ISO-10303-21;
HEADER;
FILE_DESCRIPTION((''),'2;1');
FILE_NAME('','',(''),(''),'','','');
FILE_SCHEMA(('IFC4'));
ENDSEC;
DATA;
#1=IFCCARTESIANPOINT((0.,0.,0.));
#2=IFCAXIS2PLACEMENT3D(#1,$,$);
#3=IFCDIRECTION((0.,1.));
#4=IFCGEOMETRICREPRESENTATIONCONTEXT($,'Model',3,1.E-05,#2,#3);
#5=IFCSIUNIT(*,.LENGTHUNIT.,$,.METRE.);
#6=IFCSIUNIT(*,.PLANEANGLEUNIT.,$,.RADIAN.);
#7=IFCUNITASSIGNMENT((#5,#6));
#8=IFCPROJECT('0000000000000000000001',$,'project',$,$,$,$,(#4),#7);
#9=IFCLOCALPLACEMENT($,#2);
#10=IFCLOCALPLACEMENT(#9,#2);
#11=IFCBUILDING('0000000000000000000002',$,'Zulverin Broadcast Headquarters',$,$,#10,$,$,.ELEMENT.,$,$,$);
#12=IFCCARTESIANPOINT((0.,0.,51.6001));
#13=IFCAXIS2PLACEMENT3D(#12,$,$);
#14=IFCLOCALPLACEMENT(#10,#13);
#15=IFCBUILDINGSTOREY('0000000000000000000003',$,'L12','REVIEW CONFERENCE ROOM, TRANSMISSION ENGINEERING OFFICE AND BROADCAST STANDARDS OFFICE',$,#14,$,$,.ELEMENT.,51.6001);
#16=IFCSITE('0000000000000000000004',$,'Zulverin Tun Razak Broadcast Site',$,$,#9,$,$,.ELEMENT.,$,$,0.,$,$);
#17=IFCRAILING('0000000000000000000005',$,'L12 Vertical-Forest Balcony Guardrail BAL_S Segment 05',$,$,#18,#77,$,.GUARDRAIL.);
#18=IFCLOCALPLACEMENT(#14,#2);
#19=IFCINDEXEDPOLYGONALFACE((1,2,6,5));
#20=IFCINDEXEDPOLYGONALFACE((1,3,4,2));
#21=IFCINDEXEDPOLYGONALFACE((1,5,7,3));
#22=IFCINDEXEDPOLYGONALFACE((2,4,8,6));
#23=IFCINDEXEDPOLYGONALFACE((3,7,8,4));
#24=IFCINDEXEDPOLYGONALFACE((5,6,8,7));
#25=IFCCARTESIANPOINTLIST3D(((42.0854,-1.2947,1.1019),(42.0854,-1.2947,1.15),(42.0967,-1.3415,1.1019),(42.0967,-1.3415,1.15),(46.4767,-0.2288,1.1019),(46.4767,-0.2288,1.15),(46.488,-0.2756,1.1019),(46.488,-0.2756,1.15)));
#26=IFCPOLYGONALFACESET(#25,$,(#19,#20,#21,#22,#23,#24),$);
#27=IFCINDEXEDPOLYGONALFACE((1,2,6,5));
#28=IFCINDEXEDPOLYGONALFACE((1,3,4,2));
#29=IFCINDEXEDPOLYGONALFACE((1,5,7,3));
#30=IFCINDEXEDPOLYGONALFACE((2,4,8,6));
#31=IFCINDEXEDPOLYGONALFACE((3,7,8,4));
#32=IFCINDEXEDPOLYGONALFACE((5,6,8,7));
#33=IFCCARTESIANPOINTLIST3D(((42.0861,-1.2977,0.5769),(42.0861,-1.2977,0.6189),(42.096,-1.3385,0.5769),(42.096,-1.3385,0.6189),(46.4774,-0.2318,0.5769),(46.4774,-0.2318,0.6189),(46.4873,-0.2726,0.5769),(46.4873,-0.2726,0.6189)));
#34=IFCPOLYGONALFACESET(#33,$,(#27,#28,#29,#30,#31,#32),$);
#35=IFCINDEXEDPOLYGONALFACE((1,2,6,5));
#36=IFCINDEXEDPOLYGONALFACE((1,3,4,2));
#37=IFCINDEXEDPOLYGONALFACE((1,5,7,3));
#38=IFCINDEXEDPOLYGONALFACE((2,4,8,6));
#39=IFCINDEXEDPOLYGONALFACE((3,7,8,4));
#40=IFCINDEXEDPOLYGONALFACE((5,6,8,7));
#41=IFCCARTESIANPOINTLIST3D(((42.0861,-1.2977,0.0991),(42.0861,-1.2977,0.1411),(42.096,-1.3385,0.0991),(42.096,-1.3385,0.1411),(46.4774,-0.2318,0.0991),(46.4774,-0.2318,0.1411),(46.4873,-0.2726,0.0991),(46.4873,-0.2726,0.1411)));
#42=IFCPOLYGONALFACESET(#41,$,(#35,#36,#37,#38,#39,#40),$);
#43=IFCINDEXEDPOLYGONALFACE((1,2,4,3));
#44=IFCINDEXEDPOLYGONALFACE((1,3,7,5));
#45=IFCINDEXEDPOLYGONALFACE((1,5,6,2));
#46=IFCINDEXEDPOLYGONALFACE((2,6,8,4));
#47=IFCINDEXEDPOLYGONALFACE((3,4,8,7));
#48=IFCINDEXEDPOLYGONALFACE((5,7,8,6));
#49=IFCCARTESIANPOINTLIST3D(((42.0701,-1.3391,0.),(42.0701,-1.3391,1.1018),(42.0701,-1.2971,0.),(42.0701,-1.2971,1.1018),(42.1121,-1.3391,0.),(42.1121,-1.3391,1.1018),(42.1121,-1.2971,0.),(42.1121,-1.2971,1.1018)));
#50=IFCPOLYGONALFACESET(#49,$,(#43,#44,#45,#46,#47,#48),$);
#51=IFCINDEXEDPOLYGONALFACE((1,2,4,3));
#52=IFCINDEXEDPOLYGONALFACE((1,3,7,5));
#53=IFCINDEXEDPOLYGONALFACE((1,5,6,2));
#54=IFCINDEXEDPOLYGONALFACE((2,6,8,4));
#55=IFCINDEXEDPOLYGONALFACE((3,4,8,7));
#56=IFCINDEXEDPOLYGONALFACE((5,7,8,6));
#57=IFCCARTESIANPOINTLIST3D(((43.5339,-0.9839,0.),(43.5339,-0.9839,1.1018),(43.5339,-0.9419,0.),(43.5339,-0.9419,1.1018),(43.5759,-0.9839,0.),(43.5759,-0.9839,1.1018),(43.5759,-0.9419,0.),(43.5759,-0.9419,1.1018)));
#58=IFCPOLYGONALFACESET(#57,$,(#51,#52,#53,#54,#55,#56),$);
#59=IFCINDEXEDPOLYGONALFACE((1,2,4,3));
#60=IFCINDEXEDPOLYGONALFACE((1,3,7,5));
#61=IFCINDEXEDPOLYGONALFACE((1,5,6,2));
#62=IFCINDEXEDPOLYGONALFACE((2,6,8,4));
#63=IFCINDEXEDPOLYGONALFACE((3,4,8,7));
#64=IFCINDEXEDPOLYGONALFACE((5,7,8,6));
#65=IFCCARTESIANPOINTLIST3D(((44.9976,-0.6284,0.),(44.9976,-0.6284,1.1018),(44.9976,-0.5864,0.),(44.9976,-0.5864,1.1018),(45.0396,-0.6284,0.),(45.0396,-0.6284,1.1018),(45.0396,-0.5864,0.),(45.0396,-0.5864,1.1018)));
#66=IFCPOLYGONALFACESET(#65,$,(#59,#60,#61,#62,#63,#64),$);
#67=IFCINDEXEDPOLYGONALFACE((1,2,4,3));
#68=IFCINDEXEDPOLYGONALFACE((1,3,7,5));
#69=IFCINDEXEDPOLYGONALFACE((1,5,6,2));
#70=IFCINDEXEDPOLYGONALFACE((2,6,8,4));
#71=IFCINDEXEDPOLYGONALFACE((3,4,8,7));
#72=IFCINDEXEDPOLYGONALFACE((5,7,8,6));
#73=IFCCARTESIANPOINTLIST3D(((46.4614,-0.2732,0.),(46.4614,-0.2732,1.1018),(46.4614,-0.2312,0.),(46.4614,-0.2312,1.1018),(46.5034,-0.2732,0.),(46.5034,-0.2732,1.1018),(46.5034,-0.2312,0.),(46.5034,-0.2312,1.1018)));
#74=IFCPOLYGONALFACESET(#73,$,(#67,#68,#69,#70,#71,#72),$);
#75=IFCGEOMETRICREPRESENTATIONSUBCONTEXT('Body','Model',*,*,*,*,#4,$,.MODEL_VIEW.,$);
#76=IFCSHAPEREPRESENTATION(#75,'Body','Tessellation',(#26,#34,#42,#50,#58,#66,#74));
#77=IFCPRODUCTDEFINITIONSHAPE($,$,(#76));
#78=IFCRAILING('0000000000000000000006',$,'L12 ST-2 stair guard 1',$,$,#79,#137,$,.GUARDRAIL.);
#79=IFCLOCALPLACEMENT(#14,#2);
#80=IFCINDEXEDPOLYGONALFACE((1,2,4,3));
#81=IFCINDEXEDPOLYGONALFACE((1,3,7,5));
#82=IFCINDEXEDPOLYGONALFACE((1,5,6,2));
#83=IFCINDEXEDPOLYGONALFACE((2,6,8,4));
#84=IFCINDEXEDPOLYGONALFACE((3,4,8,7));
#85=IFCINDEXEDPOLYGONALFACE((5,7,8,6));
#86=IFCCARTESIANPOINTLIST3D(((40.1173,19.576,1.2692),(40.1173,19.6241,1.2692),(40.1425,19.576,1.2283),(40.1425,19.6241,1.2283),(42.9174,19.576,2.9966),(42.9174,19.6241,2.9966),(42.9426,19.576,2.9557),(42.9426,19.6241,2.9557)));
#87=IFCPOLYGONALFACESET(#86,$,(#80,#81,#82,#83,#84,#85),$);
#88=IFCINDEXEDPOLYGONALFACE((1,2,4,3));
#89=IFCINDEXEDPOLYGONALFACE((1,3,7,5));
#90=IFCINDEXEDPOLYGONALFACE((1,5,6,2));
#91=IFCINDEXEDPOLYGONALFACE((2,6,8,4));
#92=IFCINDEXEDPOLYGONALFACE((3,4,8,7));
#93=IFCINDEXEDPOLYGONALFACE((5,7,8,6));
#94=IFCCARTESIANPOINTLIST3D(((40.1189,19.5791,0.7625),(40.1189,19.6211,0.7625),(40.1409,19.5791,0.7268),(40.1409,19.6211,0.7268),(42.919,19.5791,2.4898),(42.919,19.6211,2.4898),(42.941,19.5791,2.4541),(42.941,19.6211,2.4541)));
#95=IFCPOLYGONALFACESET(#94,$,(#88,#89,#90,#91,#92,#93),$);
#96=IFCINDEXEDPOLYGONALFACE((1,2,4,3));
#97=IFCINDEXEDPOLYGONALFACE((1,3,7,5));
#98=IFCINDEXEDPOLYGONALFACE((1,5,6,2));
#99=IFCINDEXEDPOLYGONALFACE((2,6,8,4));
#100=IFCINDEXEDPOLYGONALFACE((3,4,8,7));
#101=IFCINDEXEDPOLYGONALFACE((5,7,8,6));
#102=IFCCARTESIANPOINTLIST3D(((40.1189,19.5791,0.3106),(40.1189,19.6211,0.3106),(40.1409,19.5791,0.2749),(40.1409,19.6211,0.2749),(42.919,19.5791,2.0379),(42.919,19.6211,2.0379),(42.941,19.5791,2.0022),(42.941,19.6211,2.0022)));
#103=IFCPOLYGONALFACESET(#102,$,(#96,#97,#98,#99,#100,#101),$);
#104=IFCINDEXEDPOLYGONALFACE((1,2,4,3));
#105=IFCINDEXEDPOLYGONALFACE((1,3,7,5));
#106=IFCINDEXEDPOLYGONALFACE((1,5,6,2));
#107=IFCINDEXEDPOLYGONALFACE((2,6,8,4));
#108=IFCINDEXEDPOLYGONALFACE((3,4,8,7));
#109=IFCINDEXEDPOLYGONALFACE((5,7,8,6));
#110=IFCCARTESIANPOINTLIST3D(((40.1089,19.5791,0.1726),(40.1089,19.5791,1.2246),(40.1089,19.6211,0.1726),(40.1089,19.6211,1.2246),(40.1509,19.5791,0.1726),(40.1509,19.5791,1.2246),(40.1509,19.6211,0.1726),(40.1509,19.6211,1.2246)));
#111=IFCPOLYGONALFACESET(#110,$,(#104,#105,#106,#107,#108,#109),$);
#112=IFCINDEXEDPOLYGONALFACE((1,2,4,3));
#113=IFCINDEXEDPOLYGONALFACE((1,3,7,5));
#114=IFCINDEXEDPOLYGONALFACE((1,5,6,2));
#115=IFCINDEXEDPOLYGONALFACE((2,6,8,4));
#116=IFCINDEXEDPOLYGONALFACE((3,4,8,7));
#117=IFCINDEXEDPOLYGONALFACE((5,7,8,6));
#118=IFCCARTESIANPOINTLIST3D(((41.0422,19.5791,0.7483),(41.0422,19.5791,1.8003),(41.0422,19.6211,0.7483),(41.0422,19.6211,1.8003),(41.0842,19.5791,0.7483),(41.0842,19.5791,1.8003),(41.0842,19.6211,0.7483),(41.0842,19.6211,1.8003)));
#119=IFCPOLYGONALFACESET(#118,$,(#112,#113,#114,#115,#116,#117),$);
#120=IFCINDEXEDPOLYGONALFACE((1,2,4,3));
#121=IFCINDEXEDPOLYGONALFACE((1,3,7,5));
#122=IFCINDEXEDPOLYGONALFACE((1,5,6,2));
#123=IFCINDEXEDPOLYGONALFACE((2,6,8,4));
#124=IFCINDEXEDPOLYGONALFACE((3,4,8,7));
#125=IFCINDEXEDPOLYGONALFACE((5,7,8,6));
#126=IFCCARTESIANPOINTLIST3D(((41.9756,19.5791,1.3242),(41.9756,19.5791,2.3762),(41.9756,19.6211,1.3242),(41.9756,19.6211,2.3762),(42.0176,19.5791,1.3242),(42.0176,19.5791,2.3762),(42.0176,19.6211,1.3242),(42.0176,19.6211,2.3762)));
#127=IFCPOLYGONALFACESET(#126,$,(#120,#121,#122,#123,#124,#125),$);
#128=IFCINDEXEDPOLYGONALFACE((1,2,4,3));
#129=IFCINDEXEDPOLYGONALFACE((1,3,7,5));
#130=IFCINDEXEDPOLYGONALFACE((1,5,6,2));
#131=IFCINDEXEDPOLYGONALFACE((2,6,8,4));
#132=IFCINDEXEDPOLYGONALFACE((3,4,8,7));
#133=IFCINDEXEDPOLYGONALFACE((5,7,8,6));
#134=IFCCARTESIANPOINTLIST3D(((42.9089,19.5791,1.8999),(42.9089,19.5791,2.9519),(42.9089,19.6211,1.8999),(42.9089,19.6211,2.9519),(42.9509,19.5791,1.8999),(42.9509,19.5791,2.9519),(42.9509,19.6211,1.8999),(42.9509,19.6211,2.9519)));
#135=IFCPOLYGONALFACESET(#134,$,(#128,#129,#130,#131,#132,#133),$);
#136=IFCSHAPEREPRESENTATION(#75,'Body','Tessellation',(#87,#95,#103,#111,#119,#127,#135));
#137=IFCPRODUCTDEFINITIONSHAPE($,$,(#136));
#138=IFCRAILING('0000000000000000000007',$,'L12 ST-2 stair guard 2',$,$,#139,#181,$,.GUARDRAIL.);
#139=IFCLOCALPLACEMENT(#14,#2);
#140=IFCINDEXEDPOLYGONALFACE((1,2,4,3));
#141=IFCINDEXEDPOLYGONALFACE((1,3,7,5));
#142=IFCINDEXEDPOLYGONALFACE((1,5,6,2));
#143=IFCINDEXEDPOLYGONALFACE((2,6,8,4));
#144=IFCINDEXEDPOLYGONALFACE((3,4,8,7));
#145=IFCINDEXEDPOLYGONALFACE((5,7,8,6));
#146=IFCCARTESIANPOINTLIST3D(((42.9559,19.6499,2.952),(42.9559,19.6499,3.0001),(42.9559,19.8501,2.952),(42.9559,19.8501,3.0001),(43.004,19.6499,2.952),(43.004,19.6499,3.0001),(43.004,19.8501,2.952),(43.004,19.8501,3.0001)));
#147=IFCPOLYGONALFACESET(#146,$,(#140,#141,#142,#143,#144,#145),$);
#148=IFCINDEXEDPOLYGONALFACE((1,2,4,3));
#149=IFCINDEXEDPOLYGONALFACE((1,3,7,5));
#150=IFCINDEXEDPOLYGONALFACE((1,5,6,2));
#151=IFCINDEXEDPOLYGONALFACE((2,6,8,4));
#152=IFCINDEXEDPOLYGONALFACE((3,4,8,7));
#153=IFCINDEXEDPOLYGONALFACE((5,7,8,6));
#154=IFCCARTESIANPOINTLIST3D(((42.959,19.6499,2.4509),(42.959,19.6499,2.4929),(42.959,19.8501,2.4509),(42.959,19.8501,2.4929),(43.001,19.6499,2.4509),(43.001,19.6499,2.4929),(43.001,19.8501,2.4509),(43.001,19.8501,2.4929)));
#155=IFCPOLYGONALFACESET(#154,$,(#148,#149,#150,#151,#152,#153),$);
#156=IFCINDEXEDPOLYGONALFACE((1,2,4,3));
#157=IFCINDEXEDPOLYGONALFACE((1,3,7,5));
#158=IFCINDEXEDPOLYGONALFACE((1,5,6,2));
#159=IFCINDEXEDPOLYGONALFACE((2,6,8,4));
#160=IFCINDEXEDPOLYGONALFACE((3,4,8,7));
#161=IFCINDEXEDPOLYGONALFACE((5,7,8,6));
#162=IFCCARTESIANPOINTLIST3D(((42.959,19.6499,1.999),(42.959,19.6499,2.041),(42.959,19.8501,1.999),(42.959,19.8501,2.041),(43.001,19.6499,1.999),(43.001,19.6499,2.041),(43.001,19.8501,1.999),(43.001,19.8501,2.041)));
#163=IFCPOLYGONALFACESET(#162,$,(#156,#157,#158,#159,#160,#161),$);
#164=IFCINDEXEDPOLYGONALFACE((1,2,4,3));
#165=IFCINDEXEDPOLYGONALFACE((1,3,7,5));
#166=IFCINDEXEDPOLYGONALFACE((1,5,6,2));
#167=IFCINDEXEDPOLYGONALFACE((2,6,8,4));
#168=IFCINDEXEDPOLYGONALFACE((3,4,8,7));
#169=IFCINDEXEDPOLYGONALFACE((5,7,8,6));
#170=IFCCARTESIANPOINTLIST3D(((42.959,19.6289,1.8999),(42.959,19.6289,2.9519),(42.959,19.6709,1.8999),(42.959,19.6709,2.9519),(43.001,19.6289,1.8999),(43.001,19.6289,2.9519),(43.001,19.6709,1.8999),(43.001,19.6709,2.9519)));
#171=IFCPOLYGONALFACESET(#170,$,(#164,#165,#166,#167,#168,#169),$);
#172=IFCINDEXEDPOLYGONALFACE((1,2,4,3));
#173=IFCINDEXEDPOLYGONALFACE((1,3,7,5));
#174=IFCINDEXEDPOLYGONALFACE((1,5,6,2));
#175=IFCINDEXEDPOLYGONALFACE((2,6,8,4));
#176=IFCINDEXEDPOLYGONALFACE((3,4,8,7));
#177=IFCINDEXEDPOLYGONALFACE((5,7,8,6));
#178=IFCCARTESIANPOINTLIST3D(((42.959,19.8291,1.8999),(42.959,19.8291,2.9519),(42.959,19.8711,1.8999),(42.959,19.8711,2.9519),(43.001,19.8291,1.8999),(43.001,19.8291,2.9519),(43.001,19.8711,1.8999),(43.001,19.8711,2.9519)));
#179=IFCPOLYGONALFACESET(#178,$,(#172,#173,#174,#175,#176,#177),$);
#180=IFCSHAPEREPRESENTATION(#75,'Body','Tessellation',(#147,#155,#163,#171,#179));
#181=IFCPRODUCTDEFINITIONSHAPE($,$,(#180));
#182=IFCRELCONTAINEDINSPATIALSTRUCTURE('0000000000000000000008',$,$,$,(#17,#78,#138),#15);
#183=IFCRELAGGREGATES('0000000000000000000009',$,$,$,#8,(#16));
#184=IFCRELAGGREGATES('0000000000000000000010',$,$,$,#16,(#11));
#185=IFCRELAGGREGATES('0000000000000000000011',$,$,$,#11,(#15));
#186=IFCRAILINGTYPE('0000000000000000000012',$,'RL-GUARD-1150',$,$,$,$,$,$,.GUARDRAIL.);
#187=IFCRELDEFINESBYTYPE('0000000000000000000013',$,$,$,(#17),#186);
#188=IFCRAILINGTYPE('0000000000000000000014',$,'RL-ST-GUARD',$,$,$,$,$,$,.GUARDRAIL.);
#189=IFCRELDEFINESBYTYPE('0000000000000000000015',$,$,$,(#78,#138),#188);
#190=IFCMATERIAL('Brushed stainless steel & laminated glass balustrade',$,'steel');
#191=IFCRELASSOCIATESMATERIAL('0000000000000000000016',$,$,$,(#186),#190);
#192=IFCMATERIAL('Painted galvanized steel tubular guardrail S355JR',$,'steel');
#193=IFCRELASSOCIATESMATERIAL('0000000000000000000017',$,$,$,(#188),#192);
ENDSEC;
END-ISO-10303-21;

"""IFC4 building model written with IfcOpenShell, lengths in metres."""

from ifc_helpers import new_model, si_unit, direction, frame, origin, origin_2d, place, context, subcontext, project, spatial, rectangle, extrude, material, type_object, element, save


model = new_model("IFC4")

# Units and contexts
model_context = context("Model", 3, precision=1e-05, world=origin(), true_north=direction((0.0, 1.0)))
body_context = subcontext(model_context, "Body", "Model", "MODEL_VIEW")
ifc_project = project(units=[si_unit("LENGTHUNIT", "METRE"), si_unit("PLANEANGLEUNIT", "RADIAN")], contexts=[model_context])

# Site, building, storey
site_placement = place(None, origin())
site = spatial("IfcSite", under=ifc_project, at=site_placement, Name="Zulverin Tun Razak Broadcast Site", CompositionType="ELEMENT", RefElevation=0.0)
building_placement = place(site_placement, origin())
building = spatial("IfcBuilding", under=site, at=building_placement, Name="Zulverin Broadcast Headquarters", CompositionType="ELEMENT")
storey_placement = place(building_placement, frame((0.0, 0.0, 51.6001)))
storey = spatial("IfcBuildingStorey", under=building, at=storey_placement, Name="L12", Description="REVIEW CONFERENCE ROOM, TRANSMISSION ENGINEERING OFFICE AND BROADCAST STANDARDS OFFICE", CompositionType="ELEMENT", Elevation=51.6001)

# Railings
ifc_material_1 = material(Name="Brushed stainless steel & laminated glass balustrade", Category="steel")
railing_type_1 = type_object("IfcRailingType", Name="RL-GUARD-1150", PredefinedType="GUARDRAIL", material=ifc_material_1)
railing_1_placement = place(storey_placement, frame((42.0911, -1.3181, 0.0)))
element("IfcRailing", 1, at=railing_1_placement, inside=storey, type_object=railing_type_1, Name="L12 Vertical-Forest Balcony Guardrail BAL_S Segment 05", PredefinedType="GUARDRAIL", context=body_context, shape_type="SweptSolid", body=[
    extrude(rectangle(XDim=0.0481, YDim=0.0481, at=origin_2d()), frame((0.0, 0.0, 1.126), z_axis=(0.971782, 0.235881, 0.0), x_axis=(-0.235881, 0.971782, 0.0)), (0.0, 0.0, 1.0), 4.5188),
    extrude(rectangle(XDim=0.042, YDim=0.042, at=origin_2d()), frame((0.0, 0.0, 0.5979), z_axis=(0.971782, 0.235881, 0.0), x_axis=(-0.235881, 0.971782, 0.0)), (0.0, 0.0, 1.0), 4.5188),
    extrude(rectangle(XDim=0.042, YDim=0.042, at=origin_2d()), frame((0.0, 0.0, 0.1201), z_axis=(0.971782, 0.235881, 0.0), x_axis=(-0.235881, 0.971782, 0.0)), (0.0, 0.0, 1.0), 4.5188),
    extrude(rectangle(XDim=0.042, YDim=0.042, at=origin_2d()), origin(), (0.0, 0.0, 1.0), 1.1018),
    extrude(rectangle(XDim=0.042, YDim=0.042, at=origin_2d()), frame((1.4639, 0.3552, 0.0)), (0.0, 0.0, 1.0), 1.1018),
    extrude(rectangle(XDim=0.042, YDim=0.042, at=origin_2d()), frame((2.9275, 0.7107, 0.0)), (0.0, 0.0, 1.0), 1.1018),
    extrude(rectangle(XDim=0.042, YDim=0.042, at=origin_2d()), frame((4.3914, 1.0659, 0.0)), (0.0, 0.0, 1.0), 1.1018),
])
ifc_material_2 = material(Name="Painted galvanized steel tubular guardrail S355JR", Category="steel")
railing_type_2 = type_object("IfcRailingType", Name="RL-ST-GUARD", PredefinedType="GUARDRAIL", material=ifc_material_2)
railing_2_placement = place(storey_placement, frame((40.1299, 19.6001, 0.1726)))
element("IfcRailing", 2, at=railing_2_placement, inside=storey, type_object=railing_type_2, Name="L12 ST-2 stair guard 1", PredefinedType="GUARDRAIL", context=body_context, shape_type="SweptSolid", body=[
    extrude(rectangle(XDim=0.0481, YDim=0.0481, at=origin_2d()), frame((0.0, 0.0, 1.0762), z_axis=(0.85109, 0.0, 0.52502), x_axis=(0.0, 1.0, 0.0)), (0.0, 0.0, 1.0), 3.29),
    extrude(rectangle(XDim=0.042, YDim=0.042, at=origin_2d()), frame((0.0, 0.0, 0.572), z_axis=(0.85109, 0.0, 0.52502), x_axis=(0.0, 1.0, 0.0)), (0.0, 0.0, 1.0), 3.29),
    extrude(rectangle(XDim=0.042, YDim=0.042, at=origin_2d()), frame((0.0, 0.0, 0.1201), z_axis=(0.85109, 0.0, 0.52502), x_axis=(0.0, 1.0, 0.0)), (0.0, 0.0, 1.0), 3.29),
    extrude(rectangle(XDim=0.042, YDim=0.042, at=origin_2d()), origin(), (0.0, 0.0, 1.0), 1.052),
    extrude(rectangle(XDim=0.042, YDim=0.042, at=origin_2d()), frame((0.9333, 0.0, 0.5757)), (0.0, 0.0, 1.0), 1.052),
    extrude(rectangle(XDim=0.042, YDim=0.042, at=origin_2d()), frame((1.8667, 0.0, 1.1516)), (0.0, 0.0, 1.0), 1.052),
    extrude(rectangle(XDim=0.042, YDim=0.042, at=origin_2d()), frame((2.8, 0.0, 1.7273)), (0.0, 0.0, 1.0), 1.052),
])
railing_3_placement = place(storey_placement, frame((42.98, 19.6499, 1.8999)))
element("IfcRailing", 3, at=railing_3_placement, inside=storey, type_object=railing_type_2, Name="L12 ST-2 stair guard 2", PredefinedType="GUARDRAIL", context=body_context, shape_type="SweptSolid", body=[
    extrude(rectangle(XDim=0.0481, YDim=0.0481, at=origin_2d()), frame((0.0, 0.0, 1.0762), z_axis=(0.0, 1.0, 0.0), x_axis=(-1.0, 0.0, 0.0)), (0.0, 0.0, 1.0), 0.2002),
    extrude(rectangle(XDim=0.042, YDim=0.042, at=origin_2d()), frame((0.0, 0.0, 0.572), z_axis=(0.0, 1.0, 0.0), x_axis=(-1.0, 0.0, 0.0)), (0.0, 0.0, 1.0), 0.2002),
    extrude(rectangle(XDim=0.042, YDim=0.042, at=origin_2d()), frame((0.0, 0.0, 0.1201), z_axis=(0.0, 1.0, 0.0), x_axis=(-1.0, 0.0, 0.0)), (0.0, 0.0, 1.0), 0.2002),
    extrude(rectangle(XDim=0.042, YDim=0.042, at=origin_2d()), origin(), (0.0, 0.0, 1.0), 1.052),
    extrude(rectangle(XDim=0.042, YDim=0.042, at=origin_2d()), frame((0.0, 0.2002, 0.0)), (0.0, 0.0, 1.0), 1.052),
])

save(model, "model.ifc")
